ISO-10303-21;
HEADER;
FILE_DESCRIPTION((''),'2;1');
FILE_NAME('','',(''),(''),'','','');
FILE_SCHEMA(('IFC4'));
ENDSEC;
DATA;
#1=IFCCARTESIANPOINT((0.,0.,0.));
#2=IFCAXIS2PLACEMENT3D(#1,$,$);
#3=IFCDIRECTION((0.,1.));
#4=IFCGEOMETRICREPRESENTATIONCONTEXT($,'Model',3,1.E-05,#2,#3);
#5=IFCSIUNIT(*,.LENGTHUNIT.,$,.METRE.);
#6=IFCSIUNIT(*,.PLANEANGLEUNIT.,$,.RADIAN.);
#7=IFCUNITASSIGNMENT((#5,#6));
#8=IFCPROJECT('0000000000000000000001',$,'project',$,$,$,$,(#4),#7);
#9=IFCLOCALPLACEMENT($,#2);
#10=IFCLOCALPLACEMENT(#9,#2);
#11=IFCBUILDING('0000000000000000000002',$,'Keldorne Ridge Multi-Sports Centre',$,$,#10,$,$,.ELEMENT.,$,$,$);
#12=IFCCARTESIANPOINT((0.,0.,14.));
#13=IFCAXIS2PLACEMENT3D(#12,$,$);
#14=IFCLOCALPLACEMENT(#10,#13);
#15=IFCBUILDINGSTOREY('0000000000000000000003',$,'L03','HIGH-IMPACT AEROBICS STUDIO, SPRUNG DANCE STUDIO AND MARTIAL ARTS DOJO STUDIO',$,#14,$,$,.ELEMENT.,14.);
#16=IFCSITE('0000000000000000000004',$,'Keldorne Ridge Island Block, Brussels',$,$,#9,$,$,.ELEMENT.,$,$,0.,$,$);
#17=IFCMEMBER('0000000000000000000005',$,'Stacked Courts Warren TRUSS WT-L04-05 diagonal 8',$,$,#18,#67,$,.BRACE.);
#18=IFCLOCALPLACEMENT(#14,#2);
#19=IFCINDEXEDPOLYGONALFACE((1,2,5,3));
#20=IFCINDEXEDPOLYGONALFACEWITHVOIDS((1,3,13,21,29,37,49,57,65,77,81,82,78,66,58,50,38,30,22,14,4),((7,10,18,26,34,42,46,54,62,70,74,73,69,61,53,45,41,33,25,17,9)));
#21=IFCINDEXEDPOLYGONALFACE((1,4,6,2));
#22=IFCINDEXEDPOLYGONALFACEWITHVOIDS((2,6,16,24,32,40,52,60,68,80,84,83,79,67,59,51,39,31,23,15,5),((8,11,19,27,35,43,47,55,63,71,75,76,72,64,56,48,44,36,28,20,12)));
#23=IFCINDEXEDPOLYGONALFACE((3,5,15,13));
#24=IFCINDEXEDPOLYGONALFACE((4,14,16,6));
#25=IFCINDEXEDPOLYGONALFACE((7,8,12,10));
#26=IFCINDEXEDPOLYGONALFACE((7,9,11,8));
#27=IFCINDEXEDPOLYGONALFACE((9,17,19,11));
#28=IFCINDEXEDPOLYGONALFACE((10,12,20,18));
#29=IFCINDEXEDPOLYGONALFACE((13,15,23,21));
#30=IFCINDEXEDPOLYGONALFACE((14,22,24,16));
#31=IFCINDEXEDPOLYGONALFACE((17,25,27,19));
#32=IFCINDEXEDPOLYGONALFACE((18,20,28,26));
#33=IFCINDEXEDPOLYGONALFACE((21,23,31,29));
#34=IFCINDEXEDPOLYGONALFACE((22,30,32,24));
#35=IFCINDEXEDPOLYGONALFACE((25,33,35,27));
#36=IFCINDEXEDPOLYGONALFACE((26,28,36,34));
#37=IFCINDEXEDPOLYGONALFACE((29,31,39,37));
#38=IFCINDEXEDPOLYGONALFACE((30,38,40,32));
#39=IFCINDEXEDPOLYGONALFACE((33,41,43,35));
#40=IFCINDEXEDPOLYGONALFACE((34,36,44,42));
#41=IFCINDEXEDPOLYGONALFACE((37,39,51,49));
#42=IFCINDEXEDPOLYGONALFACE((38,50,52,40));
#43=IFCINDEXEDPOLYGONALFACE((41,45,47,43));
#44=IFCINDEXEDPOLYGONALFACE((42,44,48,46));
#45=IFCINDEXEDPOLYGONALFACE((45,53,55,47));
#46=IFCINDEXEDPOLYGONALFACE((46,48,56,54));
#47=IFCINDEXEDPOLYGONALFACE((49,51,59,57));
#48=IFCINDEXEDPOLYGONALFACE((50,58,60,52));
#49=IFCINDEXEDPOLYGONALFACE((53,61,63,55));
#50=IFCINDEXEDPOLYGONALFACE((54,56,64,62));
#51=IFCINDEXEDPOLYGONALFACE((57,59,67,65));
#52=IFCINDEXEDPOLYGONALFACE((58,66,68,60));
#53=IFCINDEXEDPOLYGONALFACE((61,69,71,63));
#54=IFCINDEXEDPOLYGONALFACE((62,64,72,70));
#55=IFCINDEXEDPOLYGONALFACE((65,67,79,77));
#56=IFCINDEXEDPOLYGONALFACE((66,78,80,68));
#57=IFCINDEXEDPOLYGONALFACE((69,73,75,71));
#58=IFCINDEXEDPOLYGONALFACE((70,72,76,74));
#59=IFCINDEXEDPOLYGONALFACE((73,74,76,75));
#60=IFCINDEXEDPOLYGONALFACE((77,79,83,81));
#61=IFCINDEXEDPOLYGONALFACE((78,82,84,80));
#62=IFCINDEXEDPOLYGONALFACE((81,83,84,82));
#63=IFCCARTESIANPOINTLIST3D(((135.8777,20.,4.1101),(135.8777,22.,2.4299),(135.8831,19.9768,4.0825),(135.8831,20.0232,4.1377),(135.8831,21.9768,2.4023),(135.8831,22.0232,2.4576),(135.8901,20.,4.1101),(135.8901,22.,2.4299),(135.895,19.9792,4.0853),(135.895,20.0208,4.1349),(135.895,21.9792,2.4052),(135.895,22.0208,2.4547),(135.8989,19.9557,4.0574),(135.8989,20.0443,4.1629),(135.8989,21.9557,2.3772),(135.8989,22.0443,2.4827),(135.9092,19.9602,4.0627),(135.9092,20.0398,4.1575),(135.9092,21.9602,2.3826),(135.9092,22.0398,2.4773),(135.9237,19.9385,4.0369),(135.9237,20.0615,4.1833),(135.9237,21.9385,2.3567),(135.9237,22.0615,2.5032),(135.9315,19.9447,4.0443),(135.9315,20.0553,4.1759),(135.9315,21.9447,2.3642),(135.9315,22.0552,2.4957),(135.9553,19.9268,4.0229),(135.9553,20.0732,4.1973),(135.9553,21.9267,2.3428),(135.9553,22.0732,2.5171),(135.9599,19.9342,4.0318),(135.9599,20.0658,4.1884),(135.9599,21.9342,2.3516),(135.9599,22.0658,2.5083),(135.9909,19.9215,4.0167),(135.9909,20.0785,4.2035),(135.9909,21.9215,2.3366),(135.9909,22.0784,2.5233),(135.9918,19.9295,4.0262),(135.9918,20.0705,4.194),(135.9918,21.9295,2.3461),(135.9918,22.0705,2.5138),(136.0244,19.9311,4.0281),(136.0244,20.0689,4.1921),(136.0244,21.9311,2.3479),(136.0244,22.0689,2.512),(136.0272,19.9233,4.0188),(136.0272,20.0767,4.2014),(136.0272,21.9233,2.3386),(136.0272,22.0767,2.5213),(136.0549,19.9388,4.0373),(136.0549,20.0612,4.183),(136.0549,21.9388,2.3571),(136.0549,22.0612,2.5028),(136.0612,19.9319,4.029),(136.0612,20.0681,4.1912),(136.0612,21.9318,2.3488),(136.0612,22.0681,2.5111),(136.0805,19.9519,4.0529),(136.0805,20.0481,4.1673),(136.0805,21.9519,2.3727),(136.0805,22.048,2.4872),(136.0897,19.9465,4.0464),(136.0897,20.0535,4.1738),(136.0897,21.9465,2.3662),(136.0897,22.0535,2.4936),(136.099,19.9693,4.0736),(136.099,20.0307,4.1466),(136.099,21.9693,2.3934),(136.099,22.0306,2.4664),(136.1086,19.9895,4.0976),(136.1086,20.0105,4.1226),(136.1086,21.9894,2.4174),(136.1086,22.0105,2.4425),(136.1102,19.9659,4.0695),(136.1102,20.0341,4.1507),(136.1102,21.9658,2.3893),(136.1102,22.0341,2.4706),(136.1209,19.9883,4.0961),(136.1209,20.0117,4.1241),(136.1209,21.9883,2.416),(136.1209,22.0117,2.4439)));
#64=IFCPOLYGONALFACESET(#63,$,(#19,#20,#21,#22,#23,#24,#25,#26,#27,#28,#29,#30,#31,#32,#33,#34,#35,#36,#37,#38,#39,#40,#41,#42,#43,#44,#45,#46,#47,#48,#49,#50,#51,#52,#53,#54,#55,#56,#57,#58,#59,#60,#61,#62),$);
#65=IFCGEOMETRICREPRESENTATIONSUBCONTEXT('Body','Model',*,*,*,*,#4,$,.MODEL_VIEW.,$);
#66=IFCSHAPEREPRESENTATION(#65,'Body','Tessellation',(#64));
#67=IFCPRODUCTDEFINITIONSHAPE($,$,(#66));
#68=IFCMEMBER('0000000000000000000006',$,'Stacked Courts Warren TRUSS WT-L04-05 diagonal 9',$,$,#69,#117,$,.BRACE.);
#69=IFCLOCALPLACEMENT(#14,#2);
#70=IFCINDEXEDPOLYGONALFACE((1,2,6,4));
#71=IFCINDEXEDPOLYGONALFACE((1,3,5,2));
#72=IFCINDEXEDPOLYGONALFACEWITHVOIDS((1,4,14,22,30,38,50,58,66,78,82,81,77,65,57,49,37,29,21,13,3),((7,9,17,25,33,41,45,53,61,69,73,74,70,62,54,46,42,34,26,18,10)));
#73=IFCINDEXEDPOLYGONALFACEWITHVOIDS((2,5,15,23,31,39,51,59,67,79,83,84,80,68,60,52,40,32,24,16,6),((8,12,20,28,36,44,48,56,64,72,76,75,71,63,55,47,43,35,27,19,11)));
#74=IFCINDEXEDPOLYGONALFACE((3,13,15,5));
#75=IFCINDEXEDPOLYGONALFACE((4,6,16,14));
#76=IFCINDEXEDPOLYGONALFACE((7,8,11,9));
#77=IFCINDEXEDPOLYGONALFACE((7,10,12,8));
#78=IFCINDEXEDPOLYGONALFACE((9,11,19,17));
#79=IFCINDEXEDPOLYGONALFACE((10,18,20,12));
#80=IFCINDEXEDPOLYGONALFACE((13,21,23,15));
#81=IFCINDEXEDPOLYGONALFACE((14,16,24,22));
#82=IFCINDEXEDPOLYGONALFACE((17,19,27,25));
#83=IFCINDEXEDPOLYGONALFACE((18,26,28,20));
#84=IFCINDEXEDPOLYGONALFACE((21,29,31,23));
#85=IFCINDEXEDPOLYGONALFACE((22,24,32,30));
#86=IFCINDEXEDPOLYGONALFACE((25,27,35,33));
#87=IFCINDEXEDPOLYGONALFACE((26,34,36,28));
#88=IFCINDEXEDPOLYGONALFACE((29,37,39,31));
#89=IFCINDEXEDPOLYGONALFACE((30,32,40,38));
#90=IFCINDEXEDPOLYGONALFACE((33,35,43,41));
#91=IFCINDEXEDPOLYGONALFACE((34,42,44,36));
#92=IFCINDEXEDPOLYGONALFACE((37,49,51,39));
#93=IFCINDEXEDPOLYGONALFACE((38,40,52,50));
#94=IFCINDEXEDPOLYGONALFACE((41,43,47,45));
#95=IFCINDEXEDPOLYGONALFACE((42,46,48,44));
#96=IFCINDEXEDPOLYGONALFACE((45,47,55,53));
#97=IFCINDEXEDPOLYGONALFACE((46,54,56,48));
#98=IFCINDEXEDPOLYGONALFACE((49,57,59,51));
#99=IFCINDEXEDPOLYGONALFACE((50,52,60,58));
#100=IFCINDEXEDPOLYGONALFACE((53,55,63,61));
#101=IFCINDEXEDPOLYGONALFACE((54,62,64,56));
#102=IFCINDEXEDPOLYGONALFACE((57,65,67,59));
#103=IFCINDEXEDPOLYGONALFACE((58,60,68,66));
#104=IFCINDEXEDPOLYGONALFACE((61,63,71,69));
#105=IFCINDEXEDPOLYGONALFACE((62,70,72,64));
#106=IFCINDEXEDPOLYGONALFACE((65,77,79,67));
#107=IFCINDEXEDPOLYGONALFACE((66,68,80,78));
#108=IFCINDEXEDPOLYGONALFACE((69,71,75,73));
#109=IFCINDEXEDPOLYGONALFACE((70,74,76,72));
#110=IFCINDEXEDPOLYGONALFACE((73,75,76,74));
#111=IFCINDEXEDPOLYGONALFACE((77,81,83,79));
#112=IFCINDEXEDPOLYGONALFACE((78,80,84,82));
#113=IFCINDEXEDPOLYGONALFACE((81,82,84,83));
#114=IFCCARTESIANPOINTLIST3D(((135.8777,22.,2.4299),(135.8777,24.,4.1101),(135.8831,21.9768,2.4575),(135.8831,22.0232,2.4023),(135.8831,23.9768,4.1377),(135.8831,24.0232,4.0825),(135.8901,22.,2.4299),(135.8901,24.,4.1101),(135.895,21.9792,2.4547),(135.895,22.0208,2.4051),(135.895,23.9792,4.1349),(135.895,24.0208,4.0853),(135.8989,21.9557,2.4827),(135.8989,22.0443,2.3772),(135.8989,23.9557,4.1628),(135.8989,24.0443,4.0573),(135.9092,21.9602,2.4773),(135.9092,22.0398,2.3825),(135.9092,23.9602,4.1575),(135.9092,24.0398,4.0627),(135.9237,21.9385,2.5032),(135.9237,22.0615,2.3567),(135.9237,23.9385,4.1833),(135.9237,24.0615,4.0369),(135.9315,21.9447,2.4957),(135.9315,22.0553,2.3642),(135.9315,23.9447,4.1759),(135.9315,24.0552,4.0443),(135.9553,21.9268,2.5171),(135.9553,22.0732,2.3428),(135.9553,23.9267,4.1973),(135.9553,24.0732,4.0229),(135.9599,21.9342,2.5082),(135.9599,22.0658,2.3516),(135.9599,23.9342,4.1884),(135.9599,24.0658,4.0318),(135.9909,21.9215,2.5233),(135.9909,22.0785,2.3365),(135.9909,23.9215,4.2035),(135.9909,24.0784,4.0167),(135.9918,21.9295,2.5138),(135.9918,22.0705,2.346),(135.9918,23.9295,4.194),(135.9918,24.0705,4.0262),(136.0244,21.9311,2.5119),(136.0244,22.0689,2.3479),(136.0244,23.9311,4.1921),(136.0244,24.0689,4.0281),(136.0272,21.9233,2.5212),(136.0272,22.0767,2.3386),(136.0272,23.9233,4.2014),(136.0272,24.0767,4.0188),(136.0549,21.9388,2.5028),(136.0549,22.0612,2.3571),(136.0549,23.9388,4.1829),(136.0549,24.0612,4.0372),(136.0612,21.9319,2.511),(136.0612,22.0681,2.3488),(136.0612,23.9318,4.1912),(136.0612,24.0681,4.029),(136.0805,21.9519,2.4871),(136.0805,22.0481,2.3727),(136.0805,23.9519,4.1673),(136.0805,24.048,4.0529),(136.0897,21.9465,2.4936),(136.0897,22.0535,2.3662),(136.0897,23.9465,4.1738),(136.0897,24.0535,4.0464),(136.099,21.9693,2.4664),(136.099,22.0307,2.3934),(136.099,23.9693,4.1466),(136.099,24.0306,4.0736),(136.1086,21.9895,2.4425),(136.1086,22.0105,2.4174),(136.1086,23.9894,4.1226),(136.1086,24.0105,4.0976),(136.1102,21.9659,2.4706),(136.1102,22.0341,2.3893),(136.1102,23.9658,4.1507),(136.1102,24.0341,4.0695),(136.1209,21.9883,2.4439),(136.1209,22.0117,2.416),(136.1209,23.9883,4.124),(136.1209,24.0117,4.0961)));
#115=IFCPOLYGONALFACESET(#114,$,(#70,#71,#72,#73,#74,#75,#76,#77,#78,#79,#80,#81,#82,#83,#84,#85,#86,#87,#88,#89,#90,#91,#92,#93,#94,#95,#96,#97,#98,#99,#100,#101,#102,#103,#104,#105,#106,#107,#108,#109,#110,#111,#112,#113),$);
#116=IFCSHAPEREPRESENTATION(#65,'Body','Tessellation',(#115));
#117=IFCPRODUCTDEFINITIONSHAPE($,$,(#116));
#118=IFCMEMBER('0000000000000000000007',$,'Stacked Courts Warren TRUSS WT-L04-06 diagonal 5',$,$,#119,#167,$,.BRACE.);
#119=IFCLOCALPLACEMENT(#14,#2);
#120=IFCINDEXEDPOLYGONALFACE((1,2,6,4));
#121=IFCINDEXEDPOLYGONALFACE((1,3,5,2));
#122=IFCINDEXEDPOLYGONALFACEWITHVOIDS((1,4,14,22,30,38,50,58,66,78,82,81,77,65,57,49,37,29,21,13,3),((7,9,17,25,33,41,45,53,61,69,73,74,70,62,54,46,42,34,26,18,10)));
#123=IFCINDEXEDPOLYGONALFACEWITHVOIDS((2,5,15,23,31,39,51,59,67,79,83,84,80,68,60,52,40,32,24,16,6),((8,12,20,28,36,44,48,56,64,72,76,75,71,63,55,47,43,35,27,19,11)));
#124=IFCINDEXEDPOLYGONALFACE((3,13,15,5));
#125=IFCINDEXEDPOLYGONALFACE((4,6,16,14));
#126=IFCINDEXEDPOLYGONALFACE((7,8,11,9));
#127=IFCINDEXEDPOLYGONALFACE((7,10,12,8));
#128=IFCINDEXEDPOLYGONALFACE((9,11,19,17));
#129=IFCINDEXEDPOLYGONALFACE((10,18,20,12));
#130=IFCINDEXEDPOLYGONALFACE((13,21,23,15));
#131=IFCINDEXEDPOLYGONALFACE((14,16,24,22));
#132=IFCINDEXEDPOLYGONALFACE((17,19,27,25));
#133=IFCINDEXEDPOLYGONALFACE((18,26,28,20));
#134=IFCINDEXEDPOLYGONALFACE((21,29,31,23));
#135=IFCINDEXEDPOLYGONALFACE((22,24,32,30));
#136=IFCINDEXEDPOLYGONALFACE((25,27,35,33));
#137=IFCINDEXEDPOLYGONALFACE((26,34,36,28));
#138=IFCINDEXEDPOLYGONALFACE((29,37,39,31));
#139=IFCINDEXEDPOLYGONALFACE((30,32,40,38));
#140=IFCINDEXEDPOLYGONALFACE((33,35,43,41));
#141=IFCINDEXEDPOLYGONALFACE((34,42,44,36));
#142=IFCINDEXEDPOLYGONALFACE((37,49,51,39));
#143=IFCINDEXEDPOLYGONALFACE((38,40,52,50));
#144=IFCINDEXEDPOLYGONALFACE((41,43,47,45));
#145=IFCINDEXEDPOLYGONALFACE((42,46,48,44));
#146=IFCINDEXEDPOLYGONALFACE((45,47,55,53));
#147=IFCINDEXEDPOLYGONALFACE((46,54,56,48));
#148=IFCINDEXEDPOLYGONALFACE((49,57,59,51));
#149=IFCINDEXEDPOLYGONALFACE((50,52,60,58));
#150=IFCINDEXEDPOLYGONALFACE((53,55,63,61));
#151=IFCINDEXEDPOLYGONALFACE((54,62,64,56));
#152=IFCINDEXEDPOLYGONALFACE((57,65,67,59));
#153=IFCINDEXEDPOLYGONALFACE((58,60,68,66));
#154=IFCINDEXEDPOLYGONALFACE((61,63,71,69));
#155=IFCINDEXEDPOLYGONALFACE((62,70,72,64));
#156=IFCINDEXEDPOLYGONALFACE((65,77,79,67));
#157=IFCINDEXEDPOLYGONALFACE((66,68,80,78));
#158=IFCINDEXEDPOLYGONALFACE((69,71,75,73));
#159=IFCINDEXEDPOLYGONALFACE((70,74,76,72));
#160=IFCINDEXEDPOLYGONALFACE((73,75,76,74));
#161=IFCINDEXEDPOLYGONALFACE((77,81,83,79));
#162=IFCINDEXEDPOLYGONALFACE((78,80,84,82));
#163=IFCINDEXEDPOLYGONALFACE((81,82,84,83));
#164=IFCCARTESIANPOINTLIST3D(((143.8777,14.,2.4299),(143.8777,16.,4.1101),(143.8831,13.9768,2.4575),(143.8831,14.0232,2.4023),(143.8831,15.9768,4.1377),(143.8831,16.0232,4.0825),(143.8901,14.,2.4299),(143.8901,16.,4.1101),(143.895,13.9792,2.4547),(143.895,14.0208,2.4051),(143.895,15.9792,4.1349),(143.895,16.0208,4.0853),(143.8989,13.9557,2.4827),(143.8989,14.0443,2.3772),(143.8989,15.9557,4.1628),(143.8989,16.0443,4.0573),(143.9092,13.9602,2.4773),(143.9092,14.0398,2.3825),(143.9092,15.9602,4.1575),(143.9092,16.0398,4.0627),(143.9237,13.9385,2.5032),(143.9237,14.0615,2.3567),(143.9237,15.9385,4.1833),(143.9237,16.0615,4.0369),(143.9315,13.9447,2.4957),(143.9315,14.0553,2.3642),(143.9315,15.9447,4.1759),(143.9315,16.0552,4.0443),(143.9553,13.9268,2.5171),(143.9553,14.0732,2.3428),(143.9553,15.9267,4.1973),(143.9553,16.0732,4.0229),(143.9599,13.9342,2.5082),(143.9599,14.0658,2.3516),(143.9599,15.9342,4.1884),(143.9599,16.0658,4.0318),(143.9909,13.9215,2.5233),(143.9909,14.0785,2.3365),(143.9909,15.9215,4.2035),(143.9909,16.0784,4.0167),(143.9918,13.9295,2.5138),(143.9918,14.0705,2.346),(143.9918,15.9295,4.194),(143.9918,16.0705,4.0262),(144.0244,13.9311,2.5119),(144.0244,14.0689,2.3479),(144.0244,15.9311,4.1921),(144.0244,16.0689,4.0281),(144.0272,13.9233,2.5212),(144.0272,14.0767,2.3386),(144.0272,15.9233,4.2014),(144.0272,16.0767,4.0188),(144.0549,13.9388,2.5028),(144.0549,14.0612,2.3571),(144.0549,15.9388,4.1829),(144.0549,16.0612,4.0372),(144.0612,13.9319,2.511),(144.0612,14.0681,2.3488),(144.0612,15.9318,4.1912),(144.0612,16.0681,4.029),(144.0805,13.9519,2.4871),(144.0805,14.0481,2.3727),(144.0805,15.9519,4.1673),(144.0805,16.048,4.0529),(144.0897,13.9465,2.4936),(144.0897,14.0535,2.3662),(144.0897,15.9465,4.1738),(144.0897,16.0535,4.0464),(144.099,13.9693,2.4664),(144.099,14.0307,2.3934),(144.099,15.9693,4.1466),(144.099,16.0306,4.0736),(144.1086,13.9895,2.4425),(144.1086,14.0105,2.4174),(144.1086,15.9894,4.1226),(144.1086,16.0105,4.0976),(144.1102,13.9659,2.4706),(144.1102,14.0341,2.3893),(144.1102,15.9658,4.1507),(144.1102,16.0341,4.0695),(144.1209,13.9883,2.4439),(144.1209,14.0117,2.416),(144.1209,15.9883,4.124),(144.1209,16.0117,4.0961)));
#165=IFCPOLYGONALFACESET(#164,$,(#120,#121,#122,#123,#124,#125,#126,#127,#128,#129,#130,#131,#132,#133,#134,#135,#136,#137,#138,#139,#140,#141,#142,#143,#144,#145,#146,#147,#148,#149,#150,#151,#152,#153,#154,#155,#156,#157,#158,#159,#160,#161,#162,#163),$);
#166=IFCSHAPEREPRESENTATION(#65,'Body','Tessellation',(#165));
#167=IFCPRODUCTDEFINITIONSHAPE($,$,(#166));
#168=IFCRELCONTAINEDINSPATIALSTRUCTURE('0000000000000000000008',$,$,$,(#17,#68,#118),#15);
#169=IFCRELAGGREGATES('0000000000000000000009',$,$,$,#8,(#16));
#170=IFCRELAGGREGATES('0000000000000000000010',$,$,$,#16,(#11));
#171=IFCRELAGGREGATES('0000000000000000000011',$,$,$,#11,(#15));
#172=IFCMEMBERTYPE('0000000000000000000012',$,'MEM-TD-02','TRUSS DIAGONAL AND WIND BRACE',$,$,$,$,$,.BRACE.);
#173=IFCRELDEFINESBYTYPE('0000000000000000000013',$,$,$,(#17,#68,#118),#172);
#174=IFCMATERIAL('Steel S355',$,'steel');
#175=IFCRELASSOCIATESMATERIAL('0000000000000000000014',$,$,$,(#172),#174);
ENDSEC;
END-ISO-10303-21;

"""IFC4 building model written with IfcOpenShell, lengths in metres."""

from ifc_helpers import new_model, si_unit, direction, frame, origin, origin_2d, place, context, subcontext, project, spatial, hollow_circle, extrude, material, material_profile, profile_set, type_object, element, save


model = new_model("IFC4")

# Units and contexts
model_context = context("Model", 3, precision=1e-05, world=origin(), true_north=direction((0.0, 1.0)))
body_context = subcontext(model_context, "Body", "Model", "MODEL_VIEW")
ifc_project = project(units=[si_unit("LENGTHUNIT", "METRE"), si_unit("PLANEANGLEUNIT", "RADIAN")], contexts=[model_context])

# Site, building, storey
site_placement = place(None, origin())
site = spatial("IfcSite", under=ifc_project, at=site_placement, Name="Keldorne Ridge Island Block, Brussels", CompositionType="ELEMENT", RefElevation=0.0)
building_placement = place(site_placement, origin())
building = spatial("IfcBuilding", under=site, at=building_placement, Name="Keldorne Ridge Multi-Sports Centre", CompositionType="ELEMENT")
storey_placement = place(building_placement, frame((0.0, 0.0, 14.0)))
storey = spatial("IfcBuildingStorey", under=building, at=storey_placement, Name="L03", Description="HIGH-IMPACT AEROBICS STUDIO, SPRUNG DANCE STUDIO AND MARTIAL ARTS DOJO STUDIO", CompositionType="ELEMENT", Elevation=14.0)

# Members
ifc_material = material(Name="Steel S355", Category="steel")
ifc_material_profile_1 = material_profile(ifc_material, hollow_circle(Radius=0.1223, WallThickness=0.0125, at=origin_2d()), Name="CHS 244.5x12.5")
ifc_profile_set_1 = profile_set([ifc_material_profile_1], Name="Steel S355")
member_type_1 = type_object("IfcMemberType", Name="MEM-TD-02", Description="TRUSS DIAGONAL AND WIND BRACE", PredefinedType="BRACE", material=ifc_profile_set_1)
for number, where, z_axis, x_axis, name in (
    (1, (136.0, 20.0, 4.1101), (0.0, 0.765672, -0.643232), (-1.0, 0.0, 0.0), "Stacked Courts Warren TRUSS WT-L04-05 diagonal 8"),
    (2, (136.0, 22.0, 2.4299), (0.0, 0.765672, 0.643232), (-1.0, 0.0, 0.0), "Stacked Courts Warren TRUSS WT-L04-05 diagonal 9"),
    (3, (144.0, 14.0, 2.4299), (0.0, 0.765672, 0.643232), (-1.0, 0.0, 0.0), "Stacked Courts Warren TRUSS WT-L04-06 diagonal 5"),
):
    element("IfcMember", number, at=place(storey_placement, frame(where, z_axis=z_axis, x_axis=x_axis)), inside=storey, type_object=member_type_1, Name=name, PredefinedType="BRACE", context=body_context, shape_type="SweptSolid", body=[
        extrude(hollow_circle(Radius=0.1223, WallThickness=0.0125, at=origin_2d()), origin(), (0.0, 0.0, 1.0), 2.6121),
    ])

save(model, "model.ifc")
